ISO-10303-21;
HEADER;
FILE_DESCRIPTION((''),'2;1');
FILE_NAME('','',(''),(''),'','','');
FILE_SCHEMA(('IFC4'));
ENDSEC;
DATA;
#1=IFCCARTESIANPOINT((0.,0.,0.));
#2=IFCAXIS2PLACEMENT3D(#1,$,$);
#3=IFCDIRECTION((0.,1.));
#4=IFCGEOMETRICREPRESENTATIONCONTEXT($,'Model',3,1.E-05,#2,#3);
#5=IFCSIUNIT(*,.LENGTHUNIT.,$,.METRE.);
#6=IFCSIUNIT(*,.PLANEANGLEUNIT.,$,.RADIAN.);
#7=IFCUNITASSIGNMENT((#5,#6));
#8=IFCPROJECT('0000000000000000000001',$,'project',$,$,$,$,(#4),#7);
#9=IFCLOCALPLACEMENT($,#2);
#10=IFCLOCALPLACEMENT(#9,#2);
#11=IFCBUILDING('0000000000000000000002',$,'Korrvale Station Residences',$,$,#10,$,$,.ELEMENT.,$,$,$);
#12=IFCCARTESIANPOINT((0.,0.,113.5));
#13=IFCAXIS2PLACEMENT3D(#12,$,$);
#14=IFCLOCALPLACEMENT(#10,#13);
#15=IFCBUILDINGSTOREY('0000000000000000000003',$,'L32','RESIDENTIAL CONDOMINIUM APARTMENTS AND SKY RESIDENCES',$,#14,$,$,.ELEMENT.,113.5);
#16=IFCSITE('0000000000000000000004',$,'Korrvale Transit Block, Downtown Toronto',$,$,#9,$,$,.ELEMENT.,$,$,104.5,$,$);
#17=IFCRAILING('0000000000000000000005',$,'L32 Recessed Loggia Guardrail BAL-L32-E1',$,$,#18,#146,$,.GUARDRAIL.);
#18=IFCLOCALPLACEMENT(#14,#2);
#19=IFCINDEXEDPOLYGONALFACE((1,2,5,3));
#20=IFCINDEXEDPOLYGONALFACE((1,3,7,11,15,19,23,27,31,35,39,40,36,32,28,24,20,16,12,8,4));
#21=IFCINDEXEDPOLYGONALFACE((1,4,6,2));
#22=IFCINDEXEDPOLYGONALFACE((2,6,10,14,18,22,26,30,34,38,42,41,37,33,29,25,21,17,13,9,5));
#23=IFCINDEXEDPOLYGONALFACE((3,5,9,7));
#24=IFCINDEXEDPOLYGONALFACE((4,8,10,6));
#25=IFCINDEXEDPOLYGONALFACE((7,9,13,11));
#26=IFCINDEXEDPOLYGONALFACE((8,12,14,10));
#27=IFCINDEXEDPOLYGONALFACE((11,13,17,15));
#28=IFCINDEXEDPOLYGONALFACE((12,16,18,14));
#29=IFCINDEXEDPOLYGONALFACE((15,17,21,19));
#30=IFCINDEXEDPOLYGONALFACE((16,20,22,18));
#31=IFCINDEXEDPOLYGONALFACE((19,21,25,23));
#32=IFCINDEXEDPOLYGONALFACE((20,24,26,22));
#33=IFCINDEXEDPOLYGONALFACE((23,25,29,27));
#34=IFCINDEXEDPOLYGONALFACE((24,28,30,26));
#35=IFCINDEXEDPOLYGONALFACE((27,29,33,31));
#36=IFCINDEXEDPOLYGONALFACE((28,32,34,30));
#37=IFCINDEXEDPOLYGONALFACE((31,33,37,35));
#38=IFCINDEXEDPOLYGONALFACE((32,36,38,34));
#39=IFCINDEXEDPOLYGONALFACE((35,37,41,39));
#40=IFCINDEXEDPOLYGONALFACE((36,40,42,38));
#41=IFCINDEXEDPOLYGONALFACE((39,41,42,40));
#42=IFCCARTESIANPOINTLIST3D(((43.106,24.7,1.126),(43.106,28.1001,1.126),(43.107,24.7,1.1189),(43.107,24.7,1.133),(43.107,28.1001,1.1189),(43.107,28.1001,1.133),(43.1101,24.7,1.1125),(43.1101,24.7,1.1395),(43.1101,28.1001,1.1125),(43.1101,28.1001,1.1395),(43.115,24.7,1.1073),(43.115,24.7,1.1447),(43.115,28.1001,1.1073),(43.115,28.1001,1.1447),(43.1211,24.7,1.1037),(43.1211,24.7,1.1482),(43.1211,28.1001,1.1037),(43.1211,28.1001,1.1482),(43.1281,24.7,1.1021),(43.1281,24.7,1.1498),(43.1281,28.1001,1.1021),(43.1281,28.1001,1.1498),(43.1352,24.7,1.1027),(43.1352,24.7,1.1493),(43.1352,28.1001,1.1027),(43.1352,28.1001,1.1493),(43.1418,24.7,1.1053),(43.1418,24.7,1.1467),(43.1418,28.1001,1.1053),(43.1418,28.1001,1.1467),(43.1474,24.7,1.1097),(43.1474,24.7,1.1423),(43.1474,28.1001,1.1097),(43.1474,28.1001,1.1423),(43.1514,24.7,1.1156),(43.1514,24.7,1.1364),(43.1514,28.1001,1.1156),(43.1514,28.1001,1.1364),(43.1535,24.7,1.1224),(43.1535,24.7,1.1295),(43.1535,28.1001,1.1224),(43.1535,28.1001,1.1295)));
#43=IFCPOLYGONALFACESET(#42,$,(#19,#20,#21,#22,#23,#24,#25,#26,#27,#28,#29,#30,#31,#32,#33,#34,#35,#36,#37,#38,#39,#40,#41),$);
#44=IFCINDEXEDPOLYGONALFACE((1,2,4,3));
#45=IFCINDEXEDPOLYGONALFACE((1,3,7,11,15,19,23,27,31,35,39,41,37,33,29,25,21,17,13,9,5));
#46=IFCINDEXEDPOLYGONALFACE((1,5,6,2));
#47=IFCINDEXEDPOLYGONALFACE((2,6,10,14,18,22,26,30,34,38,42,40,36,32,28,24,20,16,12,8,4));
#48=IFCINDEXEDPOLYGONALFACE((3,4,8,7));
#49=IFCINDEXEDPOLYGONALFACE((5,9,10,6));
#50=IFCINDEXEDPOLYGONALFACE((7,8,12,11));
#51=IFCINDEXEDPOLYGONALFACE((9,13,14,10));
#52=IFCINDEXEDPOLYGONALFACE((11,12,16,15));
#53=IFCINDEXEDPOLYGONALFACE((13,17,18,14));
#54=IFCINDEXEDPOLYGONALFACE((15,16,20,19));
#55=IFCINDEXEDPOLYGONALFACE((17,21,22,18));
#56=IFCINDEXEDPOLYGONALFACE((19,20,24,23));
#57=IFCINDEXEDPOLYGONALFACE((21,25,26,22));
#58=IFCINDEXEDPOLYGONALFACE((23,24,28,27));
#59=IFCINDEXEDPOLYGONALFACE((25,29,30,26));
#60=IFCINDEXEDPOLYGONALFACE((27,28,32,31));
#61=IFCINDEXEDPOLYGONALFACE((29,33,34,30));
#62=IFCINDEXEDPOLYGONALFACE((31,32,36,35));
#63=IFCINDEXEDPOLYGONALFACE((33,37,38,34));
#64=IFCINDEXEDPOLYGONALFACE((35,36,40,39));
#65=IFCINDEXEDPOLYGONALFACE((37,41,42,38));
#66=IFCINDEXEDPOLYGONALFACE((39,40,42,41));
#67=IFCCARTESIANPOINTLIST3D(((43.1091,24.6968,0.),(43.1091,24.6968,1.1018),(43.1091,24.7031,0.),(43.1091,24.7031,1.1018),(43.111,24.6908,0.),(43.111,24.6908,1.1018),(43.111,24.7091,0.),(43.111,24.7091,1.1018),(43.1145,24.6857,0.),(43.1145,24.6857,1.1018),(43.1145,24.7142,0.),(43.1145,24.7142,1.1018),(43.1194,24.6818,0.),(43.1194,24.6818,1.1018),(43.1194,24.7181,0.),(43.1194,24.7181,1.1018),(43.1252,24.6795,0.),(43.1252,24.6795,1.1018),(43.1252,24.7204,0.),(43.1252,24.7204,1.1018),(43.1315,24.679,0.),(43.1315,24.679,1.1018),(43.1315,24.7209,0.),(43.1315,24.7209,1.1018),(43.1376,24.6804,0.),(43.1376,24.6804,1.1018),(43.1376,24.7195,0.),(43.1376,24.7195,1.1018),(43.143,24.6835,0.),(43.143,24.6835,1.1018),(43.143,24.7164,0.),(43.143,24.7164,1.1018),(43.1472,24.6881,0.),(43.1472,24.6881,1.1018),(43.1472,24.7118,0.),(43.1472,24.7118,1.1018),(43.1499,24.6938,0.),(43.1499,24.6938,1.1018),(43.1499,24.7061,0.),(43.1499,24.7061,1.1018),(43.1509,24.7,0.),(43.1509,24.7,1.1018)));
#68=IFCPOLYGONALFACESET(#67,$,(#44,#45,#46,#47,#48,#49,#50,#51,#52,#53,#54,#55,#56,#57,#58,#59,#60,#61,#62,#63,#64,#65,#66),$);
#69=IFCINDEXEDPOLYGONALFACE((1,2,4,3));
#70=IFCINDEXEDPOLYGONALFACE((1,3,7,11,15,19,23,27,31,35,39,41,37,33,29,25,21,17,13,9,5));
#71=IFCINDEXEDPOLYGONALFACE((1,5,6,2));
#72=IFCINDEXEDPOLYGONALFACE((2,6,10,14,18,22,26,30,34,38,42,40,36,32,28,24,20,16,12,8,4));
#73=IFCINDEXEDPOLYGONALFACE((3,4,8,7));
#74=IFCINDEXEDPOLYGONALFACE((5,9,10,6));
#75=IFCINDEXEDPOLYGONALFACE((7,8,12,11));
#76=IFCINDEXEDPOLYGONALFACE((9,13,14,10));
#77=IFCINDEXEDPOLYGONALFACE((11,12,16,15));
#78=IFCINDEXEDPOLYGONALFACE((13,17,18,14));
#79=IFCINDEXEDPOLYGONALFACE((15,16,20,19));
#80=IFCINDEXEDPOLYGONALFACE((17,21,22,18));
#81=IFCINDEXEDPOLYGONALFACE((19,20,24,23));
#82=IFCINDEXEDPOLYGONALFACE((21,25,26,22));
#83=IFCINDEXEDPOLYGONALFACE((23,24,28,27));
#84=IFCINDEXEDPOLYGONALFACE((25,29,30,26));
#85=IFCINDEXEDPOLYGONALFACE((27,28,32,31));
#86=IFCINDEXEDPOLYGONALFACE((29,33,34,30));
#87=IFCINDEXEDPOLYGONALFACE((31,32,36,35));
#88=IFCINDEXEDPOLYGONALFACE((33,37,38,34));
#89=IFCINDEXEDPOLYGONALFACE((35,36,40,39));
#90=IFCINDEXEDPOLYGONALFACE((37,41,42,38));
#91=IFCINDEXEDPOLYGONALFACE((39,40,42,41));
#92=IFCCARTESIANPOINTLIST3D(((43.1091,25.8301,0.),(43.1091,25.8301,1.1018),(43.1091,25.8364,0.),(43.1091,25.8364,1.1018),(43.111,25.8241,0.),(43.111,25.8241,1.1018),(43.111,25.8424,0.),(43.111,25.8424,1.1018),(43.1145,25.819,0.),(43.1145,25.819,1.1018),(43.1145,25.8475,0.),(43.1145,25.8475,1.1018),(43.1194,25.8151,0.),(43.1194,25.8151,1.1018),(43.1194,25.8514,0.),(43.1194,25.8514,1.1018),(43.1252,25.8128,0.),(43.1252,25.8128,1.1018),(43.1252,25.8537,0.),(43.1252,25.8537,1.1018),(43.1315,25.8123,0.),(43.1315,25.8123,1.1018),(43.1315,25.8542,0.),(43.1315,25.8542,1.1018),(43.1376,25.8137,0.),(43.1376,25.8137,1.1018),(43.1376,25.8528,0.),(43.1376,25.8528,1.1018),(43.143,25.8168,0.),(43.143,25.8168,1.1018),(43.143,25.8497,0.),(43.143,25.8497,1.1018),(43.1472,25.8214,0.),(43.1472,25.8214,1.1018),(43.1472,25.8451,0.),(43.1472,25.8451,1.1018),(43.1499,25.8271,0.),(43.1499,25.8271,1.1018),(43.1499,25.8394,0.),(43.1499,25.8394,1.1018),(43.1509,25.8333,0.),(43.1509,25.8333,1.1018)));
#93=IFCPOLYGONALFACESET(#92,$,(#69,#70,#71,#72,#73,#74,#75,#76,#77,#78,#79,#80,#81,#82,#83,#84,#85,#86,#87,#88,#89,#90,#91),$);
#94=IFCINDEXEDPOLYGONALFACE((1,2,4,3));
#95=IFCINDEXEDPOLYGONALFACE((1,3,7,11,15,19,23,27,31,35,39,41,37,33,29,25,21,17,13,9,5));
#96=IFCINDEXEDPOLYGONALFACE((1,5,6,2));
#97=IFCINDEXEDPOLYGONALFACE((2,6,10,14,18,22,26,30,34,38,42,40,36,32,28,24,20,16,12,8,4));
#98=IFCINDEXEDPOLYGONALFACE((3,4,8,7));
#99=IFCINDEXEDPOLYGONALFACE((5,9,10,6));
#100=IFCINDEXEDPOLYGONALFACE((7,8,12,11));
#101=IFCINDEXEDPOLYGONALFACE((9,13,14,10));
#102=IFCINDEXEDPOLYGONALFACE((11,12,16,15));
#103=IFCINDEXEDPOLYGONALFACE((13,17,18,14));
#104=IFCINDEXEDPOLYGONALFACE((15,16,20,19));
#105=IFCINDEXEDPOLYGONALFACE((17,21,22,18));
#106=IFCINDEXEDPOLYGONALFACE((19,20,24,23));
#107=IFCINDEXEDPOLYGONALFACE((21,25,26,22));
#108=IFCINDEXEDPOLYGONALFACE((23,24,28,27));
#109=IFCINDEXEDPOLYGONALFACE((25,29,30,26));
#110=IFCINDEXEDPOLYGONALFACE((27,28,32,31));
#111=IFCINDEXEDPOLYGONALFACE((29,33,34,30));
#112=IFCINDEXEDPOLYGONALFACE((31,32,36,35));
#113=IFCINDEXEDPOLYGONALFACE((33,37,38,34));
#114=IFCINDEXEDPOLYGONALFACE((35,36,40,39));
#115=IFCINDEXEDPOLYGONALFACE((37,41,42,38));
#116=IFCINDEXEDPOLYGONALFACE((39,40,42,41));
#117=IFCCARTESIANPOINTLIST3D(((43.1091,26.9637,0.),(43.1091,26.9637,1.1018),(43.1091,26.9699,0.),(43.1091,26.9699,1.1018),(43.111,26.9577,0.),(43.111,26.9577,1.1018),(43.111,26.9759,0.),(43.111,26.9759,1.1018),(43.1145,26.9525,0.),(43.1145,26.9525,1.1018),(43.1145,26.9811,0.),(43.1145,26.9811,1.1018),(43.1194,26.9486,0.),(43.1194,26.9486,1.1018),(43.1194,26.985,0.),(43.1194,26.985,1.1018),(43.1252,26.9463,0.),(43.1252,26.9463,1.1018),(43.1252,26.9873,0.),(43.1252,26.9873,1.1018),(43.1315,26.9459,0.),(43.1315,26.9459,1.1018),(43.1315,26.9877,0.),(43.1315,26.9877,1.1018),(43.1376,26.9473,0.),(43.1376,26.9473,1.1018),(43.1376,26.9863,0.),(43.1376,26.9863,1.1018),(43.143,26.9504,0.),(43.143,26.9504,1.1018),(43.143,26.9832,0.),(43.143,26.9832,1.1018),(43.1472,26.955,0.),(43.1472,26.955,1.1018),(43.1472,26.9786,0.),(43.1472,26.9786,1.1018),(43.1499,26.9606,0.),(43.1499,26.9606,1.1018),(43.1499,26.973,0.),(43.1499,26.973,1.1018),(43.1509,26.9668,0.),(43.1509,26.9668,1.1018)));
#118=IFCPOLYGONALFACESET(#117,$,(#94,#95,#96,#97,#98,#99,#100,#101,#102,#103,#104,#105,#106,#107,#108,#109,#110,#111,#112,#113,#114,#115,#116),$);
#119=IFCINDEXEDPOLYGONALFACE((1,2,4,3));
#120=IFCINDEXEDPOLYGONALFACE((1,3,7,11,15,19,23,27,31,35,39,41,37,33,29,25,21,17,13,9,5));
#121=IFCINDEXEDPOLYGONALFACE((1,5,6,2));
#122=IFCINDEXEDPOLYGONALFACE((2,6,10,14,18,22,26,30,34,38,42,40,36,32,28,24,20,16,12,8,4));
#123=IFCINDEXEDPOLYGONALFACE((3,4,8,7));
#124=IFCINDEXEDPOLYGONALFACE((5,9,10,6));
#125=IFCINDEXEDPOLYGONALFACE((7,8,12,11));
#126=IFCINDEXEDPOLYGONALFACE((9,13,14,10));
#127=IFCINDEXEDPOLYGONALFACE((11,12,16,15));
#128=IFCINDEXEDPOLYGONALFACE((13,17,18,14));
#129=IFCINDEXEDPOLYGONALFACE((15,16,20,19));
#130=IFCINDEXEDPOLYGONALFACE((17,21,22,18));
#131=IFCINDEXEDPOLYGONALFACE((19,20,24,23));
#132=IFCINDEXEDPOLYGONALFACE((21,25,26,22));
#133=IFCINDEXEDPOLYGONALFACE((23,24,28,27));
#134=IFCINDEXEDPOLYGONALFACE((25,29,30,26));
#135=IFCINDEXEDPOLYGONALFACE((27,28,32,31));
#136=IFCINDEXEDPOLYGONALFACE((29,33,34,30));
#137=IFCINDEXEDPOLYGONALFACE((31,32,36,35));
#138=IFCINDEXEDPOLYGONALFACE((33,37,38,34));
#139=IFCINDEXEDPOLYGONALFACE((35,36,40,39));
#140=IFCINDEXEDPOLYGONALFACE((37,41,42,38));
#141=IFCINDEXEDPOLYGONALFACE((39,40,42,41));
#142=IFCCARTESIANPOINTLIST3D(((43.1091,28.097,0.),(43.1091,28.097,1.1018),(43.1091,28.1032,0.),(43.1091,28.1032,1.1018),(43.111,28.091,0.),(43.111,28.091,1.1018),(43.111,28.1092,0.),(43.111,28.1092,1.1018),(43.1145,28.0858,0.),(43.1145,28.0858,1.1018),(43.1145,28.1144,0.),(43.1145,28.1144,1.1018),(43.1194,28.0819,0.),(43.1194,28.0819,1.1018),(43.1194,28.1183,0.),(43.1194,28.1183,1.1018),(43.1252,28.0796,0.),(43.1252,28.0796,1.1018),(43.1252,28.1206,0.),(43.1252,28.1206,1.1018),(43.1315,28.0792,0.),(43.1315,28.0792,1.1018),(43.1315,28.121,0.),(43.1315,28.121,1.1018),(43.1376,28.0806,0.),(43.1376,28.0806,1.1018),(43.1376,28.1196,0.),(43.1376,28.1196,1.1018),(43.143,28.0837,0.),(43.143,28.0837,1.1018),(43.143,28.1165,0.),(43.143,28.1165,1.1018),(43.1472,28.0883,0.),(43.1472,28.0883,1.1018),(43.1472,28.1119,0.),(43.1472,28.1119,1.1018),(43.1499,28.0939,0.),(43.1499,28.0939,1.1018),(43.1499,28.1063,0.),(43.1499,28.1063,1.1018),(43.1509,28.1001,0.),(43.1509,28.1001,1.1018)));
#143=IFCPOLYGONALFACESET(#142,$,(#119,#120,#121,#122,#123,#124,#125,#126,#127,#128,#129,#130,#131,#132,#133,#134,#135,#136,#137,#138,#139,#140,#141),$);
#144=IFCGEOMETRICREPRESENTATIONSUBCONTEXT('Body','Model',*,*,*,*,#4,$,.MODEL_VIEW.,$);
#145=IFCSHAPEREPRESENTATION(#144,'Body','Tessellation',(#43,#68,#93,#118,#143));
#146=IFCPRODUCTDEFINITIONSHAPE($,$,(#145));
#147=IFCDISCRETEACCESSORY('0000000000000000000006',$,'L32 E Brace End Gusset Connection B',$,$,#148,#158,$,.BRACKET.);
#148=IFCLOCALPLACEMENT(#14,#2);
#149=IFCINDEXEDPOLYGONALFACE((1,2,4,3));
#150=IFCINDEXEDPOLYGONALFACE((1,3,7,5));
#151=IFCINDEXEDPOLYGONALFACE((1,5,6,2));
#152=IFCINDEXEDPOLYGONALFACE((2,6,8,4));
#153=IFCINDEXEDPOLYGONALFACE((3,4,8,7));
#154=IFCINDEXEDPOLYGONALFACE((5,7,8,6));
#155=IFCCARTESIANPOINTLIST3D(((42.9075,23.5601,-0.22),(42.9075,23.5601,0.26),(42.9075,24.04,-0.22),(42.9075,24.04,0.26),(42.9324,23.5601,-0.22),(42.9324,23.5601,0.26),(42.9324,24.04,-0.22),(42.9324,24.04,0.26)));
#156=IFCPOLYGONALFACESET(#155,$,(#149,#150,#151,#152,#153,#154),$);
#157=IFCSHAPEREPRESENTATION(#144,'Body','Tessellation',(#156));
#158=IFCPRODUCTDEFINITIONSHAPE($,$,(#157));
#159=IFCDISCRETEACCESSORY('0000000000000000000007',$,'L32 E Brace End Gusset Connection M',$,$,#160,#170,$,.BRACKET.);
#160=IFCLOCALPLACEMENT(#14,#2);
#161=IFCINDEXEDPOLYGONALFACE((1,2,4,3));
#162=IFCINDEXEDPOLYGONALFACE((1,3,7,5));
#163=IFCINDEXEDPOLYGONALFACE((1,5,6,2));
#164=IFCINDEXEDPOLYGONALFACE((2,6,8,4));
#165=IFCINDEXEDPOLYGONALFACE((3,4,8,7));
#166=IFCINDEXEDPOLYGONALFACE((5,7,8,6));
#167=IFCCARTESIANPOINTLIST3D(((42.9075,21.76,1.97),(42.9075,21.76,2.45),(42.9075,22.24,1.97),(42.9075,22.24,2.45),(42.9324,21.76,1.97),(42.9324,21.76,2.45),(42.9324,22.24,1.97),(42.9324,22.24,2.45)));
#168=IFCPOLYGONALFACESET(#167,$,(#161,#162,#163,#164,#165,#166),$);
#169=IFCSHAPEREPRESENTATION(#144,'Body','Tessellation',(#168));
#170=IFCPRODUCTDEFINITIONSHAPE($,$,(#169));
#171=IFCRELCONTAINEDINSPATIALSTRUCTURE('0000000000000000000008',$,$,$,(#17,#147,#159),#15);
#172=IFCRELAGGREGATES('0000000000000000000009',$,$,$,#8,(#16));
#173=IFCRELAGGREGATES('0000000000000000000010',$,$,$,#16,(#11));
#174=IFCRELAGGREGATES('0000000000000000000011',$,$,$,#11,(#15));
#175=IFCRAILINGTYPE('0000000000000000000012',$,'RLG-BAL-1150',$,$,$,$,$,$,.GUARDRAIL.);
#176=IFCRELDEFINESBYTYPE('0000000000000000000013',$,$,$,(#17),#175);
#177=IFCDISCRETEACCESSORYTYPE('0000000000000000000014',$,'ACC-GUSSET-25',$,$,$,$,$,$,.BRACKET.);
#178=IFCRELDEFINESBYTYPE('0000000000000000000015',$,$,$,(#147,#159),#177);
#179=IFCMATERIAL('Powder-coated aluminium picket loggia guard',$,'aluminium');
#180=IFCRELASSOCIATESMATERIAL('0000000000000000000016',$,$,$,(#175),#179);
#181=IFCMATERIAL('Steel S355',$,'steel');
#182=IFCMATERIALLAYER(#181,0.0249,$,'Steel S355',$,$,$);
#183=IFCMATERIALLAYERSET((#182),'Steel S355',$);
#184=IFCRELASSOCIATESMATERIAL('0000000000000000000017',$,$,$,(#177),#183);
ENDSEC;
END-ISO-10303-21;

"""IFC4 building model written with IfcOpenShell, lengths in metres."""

from ifc_helpers import new_model, si_unit, direction, frame, origin, origin_2d, place, context, subcontext, project, spatial, rectangle, circle, extrude, material, layer, layer_set, type_object, element, save


model = new_model("IFC4")

# Units and contexts
model_context = context("Model", 3, precision=1e-05, world=origin(), true_north=direction((0.0, 1.0)))
body_context = subcontext(model_context, "Body", "Model", "MODEL_VIEW")
ifc_project = project(units=[si_unit("LENGTHUNIT", "METRE"), si_unit("PLANEANGLEUNIT", "RADIAN")], contexts=[model_context])

# Site, building, storey
site_placement = place(None, origin())
site = spatial("IfcSite", under=ifc_project, at=site_placement, Name="Korrvale Transit Block, Downtown Toronto", CompositionType="ELEMENT", RefElevation=104.5)
building_placement = place(site_placement, origin())
building = spatial("IfcBuilding", under=site, at=building_placement, Name="Korrvale Station Residences", CompositionType="ELEMENT")
storey_placement = place(building_placement, frame((0.0, 0.0, 113.5)))
storey = spatial("IfcBuildingStorey", under=building, at=storey_placement, Name="L32", Description="RESIDENTIAL CONDOMINIUM APARTMENTS AND SKY RESIDENCES", CompositionType="ELEMENT", Elevation=113.5)

# Shared definitions
ifc_material_1 = material(Name="Steel S355", Category="steel")

# Railing
ifc_material_2 = material(Name="Powder-coated aluminium picket loggia guard", Category="aluminium")
railing_type = type_object("IfcRailingType", Name="RLG-BAL-1150", PredefinedType="GUARDRAIL", material=ifc_material_2)
railing_placement = place(storey_placement, frame((43.1299, 24.7, 0.0)))
element("IfcRailing", 1, at=railing_placement, inside=storey, type_object=railing_type, Name="L32 Recessed Loggia Guardrail BAL-L32-E1", PredefinedType="GUARDRAIL", context=body_context, shape_type="SweptSolid", body=[
    extrude(circle(Radius=0.0239, at=origin_2d()), frame((0.0, 0.0, 1.126), z_axis=(0.0, 1.0, 0.0), x_axis=(-1.0, 0.0, 0.0)), (0.0, 0.0, 1.0), 3.4001),
    extrude(circle(Radius=0.021, at=origin_2d()), origin(), (0.0, 0.0, 1.0), 1.1018),
    extrude(circle(Radius=0.021, at=origin_2d()), frame((0.0, 1.1333, 0.0)), (0.0, 0.0, 1.0), 1.1018),
    extrude(circle(Radius=0.021, at=origin_2d()), frame((0.0, 2.2668, 0.0)), (0.0, 0.0, 1.0), 1.1018),
    extrude(circle(Radius=0.021, at=origin_2d()), frame((0.0, 3.4001, 0.0)), (0.0, 0.0, 1.0), 1.1018),
])

# Discrete accessories
ifc_layer_1 = layer(ifc_material_1, 0.0249, Name="Steel S355")
ifc_layer_set_1 = layer_set([ifc_layer_1], Name="Steel S355")
discrete_accessory_type = type_object("IfcDiscreteAccessoryType", Name="ACC-GUSSET-25", PredefinedType="BRACKET", material=ifc_layer_set_1)
for number, where, z_axis, x_axis, name in (
    (2, (42.9199, 23.8, -0.22), (0.0, 0.0, 1.0), (0.0, 1.0, 0.0), "L32 E Brace End Gusset Connection B"),
    (3, (42.9199, 22.0, 1.97), (0.0, 0.0, 1.0), (0.0, 1.0, 0.0), "L32 E Brace End Gusset Connection M"),
):
    element("IfcDiscreteAccessory", number, at=place(storey_placement, frame(where, z_axis=z_axis, x_axis=x_axis)), inside=storey, type_object=discrete_accessory_type, Name=name, PredefinedType="BRACKET", context=body_context, shape_type="SweptSolid", body=[
        extrude(rectangle(XDim=0.48, YDim=0.0249, at=origin_2d()), origin(), (0.0, 0.0, 1.0), 0.48),
    ])

save(model, "model.ifc")
